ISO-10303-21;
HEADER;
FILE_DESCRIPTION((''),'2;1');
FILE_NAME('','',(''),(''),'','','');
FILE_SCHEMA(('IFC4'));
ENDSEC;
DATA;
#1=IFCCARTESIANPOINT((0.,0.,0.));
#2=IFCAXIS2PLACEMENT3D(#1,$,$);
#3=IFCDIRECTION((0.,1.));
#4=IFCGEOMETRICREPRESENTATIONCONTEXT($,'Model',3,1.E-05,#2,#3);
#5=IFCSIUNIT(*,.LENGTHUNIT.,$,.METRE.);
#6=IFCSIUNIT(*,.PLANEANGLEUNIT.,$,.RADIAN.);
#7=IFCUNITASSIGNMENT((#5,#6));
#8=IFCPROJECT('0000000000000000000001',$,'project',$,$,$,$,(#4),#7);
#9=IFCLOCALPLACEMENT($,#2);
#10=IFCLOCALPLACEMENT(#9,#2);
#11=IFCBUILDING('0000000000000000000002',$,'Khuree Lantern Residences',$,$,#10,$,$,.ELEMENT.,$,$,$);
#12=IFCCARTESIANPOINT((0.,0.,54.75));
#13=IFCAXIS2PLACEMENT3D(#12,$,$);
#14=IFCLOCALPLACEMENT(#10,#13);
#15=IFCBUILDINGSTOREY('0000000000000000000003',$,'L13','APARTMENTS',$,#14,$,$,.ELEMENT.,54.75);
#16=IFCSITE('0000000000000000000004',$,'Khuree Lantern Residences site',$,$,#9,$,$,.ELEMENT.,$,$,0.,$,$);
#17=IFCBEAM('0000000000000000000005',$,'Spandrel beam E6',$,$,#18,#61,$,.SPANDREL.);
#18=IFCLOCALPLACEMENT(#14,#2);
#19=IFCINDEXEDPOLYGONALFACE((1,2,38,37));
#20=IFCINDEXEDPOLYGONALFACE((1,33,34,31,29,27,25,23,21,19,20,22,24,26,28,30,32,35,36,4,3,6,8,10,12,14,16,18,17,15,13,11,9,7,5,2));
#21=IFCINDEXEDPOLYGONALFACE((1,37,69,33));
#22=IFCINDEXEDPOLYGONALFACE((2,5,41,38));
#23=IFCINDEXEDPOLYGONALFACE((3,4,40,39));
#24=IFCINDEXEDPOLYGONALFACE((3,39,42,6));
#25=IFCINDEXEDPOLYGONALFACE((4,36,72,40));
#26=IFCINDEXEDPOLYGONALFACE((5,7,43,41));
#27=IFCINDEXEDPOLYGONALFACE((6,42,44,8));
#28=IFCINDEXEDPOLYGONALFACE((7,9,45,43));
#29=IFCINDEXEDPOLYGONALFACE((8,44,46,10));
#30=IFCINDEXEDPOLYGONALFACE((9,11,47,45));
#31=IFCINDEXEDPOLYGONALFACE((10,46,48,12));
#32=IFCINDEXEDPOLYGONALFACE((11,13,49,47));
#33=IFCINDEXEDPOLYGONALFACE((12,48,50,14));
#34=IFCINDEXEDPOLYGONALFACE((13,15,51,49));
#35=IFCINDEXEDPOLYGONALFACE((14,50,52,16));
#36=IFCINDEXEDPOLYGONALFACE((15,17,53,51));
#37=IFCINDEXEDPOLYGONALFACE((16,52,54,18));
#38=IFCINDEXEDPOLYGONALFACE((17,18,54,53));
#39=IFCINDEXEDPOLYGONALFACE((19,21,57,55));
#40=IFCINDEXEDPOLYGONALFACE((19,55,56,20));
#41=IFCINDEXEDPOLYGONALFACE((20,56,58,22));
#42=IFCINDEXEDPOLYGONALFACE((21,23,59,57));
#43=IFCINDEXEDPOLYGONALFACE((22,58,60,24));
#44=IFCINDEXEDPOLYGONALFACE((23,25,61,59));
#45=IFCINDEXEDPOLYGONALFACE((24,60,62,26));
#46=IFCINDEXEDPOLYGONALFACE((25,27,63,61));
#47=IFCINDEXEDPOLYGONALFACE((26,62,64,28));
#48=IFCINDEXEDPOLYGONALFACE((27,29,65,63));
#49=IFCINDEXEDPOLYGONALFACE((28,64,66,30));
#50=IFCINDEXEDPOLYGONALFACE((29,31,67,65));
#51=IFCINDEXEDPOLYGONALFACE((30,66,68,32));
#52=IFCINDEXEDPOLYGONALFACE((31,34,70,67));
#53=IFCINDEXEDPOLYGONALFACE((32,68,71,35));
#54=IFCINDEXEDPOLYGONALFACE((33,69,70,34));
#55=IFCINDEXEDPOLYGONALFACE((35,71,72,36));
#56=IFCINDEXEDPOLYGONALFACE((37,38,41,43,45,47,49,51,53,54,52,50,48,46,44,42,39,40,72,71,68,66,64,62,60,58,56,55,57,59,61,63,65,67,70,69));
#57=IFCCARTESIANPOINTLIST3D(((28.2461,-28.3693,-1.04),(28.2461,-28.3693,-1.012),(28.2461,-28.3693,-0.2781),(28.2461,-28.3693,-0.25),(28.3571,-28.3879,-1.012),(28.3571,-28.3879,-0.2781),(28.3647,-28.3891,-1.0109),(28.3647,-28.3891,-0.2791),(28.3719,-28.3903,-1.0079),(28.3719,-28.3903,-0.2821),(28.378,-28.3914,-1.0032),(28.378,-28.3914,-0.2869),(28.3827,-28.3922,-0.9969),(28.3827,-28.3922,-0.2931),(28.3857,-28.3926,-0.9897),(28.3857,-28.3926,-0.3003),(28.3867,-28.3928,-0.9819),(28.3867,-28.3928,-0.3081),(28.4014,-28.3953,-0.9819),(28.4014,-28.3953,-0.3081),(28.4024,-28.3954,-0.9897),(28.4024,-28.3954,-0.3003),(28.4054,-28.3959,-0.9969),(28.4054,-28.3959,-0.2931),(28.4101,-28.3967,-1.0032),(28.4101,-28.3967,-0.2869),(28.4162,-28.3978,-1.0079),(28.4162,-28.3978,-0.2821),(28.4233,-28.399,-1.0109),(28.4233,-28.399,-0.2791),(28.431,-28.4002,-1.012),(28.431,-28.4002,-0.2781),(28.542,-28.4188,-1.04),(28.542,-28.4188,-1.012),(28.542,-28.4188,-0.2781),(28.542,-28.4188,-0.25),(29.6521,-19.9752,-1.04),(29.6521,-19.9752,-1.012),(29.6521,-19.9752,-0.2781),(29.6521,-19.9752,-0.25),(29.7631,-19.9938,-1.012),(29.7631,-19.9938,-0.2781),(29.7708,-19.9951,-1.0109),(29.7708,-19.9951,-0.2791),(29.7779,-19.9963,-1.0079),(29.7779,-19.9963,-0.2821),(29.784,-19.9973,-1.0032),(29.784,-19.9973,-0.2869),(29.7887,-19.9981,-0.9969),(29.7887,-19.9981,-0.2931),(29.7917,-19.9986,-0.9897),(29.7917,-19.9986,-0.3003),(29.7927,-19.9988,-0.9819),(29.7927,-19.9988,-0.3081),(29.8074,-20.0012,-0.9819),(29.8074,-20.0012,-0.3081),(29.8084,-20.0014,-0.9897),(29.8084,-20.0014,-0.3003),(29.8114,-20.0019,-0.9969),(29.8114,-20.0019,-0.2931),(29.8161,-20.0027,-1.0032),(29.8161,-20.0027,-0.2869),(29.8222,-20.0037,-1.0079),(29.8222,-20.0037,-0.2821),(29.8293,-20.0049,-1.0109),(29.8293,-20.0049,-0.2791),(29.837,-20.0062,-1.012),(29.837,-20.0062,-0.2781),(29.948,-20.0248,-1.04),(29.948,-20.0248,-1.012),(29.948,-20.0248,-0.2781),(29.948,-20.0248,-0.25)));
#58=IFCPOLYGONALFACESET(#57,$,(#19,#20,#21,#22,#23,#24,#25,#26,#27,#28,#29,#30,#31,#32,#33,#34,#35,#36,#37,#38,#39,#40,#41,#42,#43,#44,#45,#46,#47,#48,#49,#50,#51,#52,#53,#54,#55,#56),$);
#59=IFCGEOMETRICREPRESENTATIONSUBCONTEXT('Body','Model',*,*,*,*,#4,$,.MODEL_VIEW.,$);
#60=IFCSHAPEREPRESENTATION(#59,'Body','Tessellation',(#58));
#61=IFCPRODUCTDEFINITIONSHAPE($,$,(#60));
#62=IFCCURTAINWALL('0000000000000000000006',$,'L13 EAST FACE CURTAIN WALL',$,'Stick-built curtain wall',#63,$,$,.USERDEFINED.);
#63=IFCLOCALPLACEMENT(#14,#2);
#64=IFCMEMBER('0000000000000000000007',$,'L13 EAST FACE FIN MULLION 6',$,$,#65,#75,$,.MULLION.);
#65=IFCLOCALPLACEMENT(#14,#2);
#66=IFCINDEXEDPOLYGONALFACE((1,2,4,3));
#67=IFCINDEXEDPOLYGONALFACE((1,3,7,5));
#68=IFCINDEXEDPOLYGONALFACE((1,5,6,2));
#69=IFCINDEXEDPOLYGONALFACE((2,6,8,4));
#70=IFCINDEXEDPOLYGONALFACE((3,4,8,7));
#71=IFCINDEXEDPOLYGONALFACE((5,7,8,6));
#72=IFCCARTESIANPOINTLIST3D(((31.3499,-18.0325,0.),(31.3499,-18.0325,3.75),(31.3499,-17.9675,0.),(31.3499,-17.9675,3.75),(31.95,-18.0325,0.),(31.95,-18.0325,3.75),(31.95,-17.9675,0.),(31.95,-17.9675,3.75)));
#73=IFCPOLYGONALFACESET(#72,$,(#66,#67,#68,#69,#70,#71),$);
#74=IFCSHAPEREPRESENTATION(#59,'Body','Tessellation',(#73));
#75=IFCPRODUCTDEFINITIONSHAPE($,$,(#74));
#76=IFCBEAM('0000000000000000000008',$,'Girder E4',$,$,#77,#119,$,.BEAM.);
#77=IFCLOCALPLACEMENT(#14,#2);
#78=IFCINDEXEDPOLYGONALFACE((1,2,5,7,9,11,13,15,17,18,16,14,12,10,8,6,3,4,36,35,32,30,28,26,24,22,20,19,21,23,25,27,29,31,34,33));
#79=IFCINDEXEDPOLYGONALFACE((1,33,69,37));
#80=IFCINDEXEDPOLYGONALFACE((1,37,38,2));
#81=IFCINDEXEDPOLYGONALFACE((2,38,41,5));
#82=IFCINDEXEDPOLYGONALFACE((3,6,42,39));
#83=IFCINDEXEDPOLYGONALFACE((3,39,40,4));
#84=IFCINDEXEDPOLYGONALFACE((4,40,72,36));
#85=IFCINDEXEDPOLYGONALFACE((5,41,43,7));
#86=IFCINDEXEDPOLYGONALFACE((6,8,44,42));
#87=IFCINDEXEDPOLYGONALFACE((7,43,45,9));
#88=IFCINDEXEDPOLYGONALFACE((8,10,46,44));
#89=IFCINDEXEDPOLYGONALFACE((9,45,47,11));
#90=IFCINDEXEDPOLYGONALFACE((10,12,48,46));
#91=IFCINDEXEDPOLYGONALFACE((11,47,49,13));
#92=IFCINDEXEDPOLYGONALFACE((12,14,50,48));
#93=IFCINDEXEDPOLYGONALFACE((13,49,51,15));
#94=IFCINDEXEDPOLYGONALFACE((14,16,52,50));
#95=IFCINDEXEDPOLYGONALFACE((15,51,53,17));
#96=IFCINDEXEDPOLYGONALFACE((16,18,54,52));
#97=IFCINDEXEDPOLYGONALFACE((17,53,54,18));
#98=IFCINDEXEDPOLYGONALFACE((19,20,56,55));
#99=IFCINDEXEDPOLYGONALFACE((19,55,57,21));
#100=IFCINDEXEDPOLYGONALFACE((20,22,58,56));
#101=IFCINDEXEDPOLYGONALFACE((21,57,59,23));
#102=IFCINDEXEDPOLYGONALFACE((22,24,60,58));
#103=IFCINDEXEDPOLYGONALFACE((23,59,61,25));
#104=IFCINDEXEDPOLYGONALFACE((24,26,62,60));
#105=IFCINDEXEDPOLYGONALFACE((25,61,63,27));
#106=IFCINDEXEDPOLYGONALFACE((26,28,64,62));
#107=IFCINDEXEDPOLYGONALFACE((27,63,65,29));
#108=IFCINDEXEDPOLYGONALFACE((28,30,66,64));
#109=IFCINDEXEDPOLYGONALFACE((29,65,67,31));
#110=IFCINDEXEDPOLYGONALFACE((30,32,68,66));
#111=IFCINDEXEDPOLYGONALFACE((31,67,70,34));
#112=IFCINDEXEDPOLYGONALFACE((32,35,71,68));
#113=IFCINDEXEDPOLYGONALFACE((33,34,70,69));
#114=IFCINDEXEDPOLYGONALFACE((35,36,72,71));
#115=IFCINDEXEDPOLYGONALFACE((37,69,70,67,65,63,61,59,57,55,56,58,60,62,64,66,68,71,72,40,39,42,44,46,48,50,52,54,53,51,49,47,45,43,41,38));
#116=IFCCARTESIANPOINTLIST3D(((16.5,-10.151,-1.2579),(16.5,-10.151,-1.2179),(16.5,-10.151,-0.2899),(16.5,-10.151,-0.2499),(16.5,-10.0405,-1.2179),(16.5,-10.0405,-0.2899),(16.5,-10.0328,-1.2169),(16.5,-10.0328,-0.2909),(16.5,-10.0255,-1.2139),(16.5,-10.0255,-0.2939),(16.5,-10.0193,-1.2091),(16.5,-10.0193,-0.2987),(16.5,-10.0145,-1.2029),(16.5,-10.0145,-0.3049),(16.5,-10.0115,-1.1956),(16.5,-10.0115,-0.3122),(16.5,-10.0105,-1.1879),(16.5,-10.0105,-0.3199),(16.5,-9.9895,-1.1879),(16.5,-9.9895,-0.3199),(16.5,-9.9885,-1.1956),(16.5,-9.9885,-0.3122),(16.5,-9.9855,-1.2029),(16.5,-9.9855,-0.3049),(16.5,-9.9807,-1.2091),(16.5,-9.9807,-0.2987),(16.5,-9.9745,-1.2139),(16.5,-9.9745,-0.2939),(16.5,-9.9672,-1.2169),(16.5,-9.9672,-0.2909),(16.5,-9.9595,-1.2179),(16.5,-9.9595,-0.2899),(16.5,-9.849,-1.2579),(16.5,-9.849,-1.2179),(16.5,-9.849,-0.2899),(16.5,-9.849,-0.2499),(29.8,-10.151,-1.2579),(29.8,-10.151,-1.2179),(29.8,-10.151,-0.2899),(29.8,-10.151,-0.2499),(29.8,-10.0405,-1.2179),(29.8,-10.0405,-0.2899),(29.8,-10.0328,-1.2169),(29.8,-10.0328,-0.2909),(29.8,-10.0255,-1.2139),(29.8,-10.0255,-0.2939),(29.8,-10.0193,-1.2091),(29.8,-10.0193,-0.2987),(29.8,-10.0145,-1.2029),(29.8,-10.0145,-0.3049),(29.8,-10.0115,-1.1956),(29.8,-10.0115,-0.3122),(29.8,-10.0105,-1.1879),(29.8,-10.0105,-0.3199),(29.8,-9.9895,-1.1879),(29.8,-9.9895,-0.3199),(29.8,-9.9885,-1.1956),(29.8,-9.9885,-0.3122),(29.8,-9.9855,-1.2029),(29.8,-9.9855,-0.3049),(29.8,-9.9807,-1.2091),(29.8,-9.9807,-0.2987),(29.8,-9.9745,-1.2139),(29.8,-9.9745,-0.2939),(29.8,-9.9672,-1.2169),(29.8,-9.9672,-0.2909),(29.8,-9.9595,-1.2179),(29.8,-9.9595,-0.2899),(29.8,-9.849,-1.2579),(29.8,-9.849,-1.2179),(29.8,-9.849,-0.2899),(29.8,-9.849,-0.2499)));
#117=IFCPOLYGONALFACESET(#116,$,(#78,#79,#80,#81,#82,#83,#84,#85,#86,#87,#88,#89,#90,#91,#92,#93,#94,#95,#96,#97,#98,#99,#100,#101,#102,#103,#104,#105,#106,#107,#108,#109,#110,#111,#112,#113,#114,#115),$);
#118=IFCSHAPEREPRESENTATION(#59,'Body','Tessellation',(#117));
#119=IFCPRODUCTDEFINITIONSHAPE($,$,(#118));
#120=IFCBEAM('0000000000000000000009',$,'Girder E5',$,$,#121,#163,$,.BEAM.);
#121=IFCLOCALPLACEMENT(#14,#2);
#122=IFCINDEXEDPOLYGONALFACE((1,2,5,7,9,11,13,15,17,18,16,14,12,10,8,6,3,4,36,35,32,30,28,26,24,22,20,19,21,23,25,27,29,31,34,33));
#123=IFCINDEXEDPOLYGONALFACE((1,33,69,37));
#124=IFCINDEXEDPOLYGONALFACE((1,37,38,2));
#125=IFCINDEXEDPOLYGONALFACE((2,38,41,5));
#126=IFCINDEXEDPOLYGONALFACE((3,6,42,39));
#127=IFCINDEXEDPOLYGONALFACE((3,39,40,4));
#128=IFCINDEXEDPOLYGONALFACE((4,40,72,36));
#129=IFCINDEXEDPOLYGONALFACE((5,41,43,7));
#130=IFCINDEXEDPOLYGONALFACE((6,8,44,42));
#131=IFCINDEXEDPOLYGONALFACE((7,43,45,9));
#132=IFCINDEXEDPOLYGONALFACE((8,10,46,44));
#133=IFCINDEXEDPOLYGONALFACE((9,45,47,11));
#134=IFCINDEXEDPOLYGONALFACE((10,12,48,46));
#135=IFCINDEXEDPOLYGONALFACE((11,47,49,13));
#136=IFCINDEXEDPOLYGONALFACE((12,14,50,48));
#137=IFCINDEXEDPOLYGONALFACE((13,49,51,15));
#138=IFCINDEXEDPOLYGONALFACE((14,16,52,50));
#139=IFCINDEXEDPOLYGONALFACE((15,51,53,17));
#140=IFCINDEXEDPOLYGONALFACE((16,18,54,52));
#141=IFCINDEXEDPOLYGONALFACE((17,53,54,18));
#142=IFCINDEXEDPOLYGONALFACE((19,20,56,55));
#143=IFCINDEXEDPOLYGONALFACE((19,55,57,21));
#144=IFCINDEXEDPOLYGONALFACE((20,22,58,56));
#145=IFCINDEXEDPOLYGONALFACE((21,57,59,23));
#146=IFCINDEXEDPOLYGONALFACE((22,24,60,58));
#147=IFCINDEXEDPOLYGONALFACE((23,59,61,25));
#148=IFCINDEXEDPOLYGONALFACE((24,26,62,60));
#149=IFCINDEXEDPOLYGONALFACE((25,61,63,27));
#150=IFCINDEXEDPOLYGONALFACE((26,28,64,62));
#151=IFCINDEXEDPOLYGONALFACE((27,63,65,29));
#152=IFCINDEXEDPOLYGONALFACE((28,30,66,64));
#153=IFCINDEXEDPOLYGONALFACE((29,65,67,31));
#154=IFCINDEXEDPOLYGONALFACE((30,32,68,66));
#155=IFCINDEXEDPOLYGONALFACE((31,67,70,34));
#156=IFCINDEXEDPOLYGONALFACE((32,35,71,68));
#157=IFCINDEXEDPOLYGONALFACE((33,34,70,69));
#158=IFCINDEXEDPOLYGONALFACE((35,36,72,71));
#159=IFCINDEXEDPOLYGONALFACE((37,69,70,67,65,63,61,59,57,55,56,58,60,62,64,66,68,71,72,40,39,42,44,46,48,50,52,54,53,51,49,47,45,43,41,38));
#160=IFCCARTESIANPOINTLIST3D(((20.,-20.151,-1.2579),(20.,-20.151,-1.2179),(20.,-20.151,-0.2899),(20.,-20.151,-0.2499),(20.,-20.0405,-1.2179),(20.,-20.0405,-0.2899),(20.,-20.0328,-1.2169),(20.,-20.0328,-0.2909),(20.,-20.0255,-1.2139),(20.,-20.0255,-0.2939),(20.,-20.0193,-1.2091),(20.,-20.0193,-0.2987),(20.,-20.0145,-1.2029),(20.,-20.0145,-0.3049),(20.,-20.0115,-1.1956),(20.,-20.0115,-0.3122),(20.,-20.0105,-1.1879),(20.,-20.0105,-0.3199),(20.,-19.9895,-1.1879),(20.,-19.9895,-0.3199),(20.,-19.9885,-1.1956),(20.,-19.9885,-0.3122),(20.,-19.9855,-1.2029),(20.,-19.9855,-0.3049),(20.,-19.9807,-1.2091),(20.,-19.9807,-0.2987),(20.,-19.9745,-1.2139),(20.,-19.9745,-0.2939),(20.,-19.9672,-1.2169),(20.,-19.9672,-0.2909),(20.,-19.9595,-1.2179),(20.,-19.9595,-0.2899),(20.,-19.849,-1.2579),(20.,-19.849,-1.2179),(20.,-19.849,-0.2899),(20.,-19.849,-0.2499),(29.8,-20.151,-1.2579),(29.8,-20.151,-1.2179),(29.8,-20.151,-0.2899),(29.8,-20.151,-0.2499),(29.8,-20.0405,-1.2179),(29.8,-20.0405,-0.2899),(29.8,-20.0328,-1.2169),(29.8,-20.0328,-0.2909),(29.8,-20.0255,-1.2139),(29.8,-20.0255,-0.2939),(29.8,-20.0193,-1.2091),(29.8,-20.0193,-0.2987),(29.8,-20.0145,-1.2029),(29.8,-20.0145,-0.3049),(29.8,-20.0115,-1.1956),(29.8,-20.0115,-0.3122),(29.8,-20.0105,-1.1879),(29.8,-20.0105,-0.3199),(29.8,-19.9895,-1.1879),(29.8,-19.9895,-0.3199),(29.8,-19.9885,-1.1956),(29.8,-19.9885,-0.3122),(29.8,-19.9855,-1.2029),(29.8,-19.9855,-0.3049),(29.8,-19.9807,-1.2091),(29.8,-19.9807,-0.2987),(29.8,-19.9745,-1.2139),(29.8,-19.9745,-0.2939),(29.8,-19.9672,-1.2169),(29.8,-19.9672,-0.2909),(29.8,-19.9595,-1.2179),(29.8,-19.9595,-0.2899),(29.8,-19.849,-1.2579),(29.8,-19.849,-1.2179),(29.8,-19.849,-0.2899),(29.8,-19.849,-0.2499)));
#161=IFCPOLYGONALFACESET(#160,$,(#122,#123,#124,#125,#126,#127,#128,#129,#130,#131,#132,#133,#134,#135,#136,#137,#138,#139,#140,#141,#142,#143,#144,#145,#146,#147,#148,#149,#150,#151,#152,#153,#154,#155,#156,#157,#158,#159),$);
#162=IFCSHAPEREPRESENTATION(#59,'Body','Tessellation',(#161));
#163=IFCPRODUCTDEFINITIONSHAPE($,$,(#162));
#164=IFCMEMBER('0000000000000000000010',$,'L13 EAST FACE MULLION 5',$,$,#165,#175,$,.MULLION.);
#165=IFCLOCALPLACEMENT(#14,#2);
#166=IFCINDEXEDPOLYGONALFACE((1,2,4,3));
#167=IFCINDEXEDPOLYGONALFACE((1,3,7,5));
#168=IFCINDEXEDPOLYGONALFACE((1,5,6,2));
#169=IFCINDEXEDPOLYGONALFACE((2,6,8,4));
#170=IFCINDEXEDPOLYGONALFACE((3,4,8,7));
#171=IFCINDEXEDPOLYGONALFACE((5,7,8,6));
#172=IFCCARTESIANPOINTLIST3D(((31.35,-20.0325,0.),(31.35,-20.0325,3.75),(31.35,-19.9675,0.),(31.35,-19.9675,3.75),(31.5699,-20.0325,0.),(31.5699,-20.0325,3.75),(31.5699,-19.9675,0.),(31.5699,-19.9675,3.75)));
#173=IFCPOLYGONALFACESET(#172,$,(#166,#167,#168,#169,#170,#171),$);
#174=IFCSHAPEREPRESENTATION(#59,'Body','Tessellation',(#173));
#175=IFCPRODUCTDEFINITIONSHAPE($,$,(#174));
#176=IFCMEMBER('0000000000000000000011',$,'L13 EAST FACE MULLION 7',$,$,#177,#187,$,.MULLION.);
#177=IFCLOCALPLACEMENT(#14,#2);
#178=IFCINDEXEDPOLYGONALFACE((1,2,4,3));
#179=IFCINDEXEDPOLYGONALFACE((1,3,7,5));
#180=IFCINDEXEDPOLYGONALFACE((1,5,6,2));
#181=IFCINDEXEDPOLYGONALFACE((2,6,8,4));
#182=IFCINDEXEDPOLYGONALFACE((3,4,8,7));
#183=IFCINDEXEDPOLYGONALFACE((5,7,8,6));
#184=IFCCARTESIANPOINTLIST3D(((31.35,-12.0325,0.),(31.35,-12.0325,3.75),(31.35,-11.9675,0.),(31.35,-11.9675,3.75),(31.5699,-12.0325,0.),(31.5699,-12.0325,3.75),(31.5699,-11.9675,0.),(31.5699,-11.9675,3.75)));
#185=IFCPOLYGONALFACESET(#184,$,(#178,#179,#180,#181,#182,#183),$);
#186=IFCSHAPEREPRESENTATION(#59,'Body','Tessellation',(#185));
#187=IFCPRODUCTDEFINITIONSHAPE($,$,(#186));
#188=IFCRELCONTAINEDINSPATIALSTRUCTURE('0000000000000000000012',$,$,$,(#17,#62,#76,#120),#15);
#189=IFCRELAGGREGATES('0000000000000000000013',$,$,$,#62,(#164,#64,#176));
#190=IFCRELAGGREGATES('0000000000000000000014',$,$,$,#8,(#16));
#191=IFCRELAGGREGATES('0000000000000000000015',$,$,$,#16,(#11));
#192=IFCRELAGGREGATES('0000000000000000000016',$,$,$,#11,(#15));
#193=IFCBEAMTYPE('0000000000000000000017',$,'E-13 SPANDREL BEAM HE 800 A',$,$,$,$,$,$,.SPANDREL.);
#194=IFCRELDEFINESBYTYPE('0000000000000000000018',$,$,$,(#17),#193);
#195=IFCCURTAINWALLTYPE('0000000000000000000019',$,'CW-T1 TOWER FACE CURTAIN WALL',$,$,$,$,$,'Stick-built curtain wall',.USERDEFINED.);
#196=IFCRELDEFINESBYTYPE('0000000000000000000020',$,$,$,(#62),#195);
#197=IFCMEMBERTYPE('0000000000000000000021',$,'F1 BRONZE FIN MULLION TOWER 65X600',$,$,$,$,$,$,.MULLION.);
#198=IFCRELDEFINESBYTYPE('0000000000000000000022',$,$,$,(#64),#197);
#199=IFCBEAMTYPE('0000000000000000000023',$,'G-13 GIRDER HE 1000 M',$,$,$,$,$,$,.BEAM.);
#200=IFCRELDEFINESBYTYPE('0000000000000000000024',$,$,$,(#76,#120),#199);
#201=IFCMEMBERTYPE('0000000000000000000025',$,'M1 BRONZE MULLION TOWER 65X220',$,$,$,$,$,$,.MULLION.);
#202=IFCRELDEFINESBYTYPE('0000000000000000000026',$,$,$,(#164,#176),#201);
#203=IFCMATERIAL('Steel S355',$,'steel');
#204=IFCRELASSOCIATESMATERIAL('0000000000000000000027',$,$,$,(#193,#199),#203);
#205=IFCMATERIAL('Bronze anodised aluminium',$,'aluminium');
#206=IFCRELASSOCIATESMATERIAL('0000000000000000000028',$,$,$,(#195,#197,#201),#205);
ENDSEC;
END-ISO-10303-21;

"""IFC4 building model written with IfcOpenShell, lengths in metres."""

from ifc_helpers import new_model, si_unit, direction, frame, origin, origin_2d, place, context, subcontext, project, spatial, rectangle, i_section, extrude, material, material_profile, profile_set, type_object, element, aggregate, save


model = new_model("IFC4")

# Units and contexts
model_context = context("Model", 3, precision=1e-05, world=origin(), true_north=direction((0.0, 1.0)))
body_context = subcontext(model_context, "Body", "Model", "MODEL_VIEW")
ifc_project = project(units=[si_unit("LENGTHUNIT", "METRE"), si_unit("PLANEANGLEUNIT", "RADIAN")], contexts=[model_context])

# Site, building, storey
site_placement = place(None, origin())
site = spatial("IfcSite", under=ifc_project, at=site_placement, Name="Khuree Lantern Residences site", CompositionType="ELEMENT", RefElevation=0.0)
building_placement = place(site_placement, origin())
building = spatial("IfcBuilding", under=site, at=building_placement, Name="Khuree Lantern Residences", CompositionType="ELEMENT")
storey_placement = place(building_placement, frame((0.0, 0.0, 54.75)))
storey = spatial("IfcBuildingStorey", under=building, at=storey_placement, Name="L13", Description="APARTMENTS", CompositionType="ELEMENT", Elevation=54.75)

# Beam
ifc_material_1 = material(Name="Steel S355", Category="steel")
ifc_material_profile_1 = material_profile(ifc_material_1, i_section(OverallWidth=0.3, OverallDepth=0.79, WebThickness=0.0149, FlangeThickness=0.0281, FilletRadius=0.03, at=origin_2d()), Name="HE 800 A")
ifc_profile_set_1 = profile_set([ifc_material_profile_1], Name="Steel S355")
beam_type_1 = type_object("IfcBeamType", Name="E-13 SPANDREL BEAM HE 800 A", PredefinedType="SPANDREL", material=ifc_profile_set_1)
beam_1_placement = place(storey_placement, frame((29.8, -20.0, -0.645), z_axis=(-0.165199, -0.98626, 0.0), x_axis=(0.98626, -0.165199, 0.0)))
element("IfcBeam", 1, at=beam_1_placement, inside=storey, type_object=beam_type_1, Name="Spandrel beam E6", PredefinedType="SPANDREL", context=body_context, shape_type="SweptSolid", body=[
    extrude(i_section(OverallWidth=0.3, OverallDepth=0.79, WebThickness=0.0149, FlangeThickness=0.0281, FilletRadius=0.03, at=origin_2d()), origin(), (0.0, 0.0, 1.0), 8.511),
])

# Curtain wall, member
ifc_material_2 = material(Name="Bronze anodised aluminium", Category="aluminium")
curtain_wall_type = type_object("IfcCurtainWallType", Name="CW-T1 TOWER FACE CURTAIN WALL", ElementType="Stick-built curtain wall", PredefinedType="USERDEFINED", material=ifc_material_2)
curtain_wall_placement = place(storey_placement, origin())
curtain_wall = element("IfcCurtainWall", 2, at=curtain_wall_placement, inside=storey, type_object=curtain_wall_type, Name="L13 EAST FACE CURTAIN WALL", ObjectType="Stick-built curtain wall", PredefinedType="USERDEFINED")
ifc_material_profile_2 = material_profile(ifc_material_2, rectangle(XDim=0.0649, YDim=0.6001, at=origin_2d()), Name="F1 65X600")
ifc_profile_set_2 = profile_set([ifc_material_profile_2], Name="Bronze anodised aluminium")
member_type_1 = type_object("IfcMemberType", Name="F1 BRONZE FIN MULLION TOWER 65X600", PredefinedType="MULLION", material=ifc_profile_set_2)
member_1_placement = place(storey_placement, frame((31.6499, -18.0, 0.0), z_axis=(0.0, 0.0, 1.0), x_axis=(0.0, 1.0, 0.0)))
member_1 = element("IfcMember", 3, at=member_1_placement, type_object=member_type_1, Name="L13 EAST FACE FIN MULLION 6", PredefinedType="MULLION", context=body_context, shape_type="SweptSolid", body=[
    extrude(rectangle(XDim=0.0649, YDim=0.6001, at=origin_2d()), origin(), (0.0, 0.0, 1.0), 3.75),
])

# Beams
ifc_material_profile_3 = material_profile(ifc_material_1, i_section(OverallWidth=0.302, OverallDepth=1.0081, WebThickness=0.021, FlangeThickness=0.04, FilletRadius=0.03, at=origin_2d()), Name="HE 1000 M")
ifc_profile_set_3 = profile_set([ifc_material_profile_3], Name="Steel S355")
beam_type_2 = type_object("IfcBeamType", Name="G-13 GIRDER HE 1000 M", PredefinedType="BEAM", material=ifc_profile_set_3)
beam_2_placement = place(storey_placement, frame((29.8, -10.0, -0.7539), z_axis=(-1.0, 0.0, 0.0), x_axis=(0.0, -1.0, 0.0)))
element("IfcBeam", 4, at=beam_2_placement, inside=storey, type_object=beam_type_2, Name="Girder E4", PredefinedType="BEAM", context=body_context, shape_type="SweptSolid", body=[
    extrude(i_section(OverallWidth=0.302, OverallDepth=1.0081, WebThickness=0.021, FlangeThickness=0.04, FilletRadius=0.03, at=origin_2d()), origin(), (0.0, 0.0, 1.0), 13.3),
])
beam_3_placement = place(storey_placement, frame((29.8, -20.0, -0.7539), z_axis=(-1.0, 0.0, 0.0), x_axis=(0.0, -1.0, 0.0)))
element("IfcBeam", 5, at=beam_3_placement, inside=storey, type_object=beam_type_2, Name="Girder E5", PredefinedType="BEAM", context=body_context, shape_type="SweptSolid", body=[
    extrude(i_section(OverallWidth=0.302, OverallDepth=1.0081, WebThickness=0.021, FlangeThickness=0.04, FilletRadius=0.03, at=origin_2d()), origin(), (0.0, 0.0, 1.0), 9.8),
])

# Members
ifc_material_profile_4 = material_profile(ifc_material_2, rectangle(XDim=0.0649, YDim=0.22, at=origin_2d()), Name="M1 65X220")
ifc_profile_set_4 = profile_set([ifc_material_profile_4], Name="Bronze anodised aluminium")
member_type_2 = type_object("IfcMemberType", Name="M1 BRONZE MULLION TOWER 65X220", PredefinedType="MULLION", material=ifc_profile_set_4)
member_2_placement = place(storey_placement, frame((31.46, -20.0, 0.0), z_axis=(0.0, 0.0, 1.0), x_axis=(0.0, 1.0, 0.0)))
member_2 = element("IfcMember", 6, at=member_2_placement, type_object=member_type_2, Name="L13 EAST FACE MULLION 5", PredefinedType="MULLION", context=body_context, shape_type="SweptSolid", body=[
    extrude(rectangle(XDim=0.0649, YDim=0.22, at=origin_2d()), origin(), (0.0, 0.0, 1.0), 3.75),
])
member_3_placement = place(storey_placement, frame((31.46, -12.0, 0.0), z_axis=(0.0, 0.0, 1.0), x_axis=(0.0, 1.0, 0.0)))
member_3 = element("IfcMember", 7, at=member_3_placement, type_object=member_type_2, Name="L13 EAST FACE MULLION 7", PredefinedType="MULLION", context=body_context, shape_type="SweptSolid", body=[
    extrude(rectangle(XDim=0.0649, YDim=0.22, at=origin_2d()), origin(), (0.0, 0.0, 1.0), 3.75),
])

aggregate(curtain_wall, [member_2, member_1, member_3])

save(model, "model.ifc")
